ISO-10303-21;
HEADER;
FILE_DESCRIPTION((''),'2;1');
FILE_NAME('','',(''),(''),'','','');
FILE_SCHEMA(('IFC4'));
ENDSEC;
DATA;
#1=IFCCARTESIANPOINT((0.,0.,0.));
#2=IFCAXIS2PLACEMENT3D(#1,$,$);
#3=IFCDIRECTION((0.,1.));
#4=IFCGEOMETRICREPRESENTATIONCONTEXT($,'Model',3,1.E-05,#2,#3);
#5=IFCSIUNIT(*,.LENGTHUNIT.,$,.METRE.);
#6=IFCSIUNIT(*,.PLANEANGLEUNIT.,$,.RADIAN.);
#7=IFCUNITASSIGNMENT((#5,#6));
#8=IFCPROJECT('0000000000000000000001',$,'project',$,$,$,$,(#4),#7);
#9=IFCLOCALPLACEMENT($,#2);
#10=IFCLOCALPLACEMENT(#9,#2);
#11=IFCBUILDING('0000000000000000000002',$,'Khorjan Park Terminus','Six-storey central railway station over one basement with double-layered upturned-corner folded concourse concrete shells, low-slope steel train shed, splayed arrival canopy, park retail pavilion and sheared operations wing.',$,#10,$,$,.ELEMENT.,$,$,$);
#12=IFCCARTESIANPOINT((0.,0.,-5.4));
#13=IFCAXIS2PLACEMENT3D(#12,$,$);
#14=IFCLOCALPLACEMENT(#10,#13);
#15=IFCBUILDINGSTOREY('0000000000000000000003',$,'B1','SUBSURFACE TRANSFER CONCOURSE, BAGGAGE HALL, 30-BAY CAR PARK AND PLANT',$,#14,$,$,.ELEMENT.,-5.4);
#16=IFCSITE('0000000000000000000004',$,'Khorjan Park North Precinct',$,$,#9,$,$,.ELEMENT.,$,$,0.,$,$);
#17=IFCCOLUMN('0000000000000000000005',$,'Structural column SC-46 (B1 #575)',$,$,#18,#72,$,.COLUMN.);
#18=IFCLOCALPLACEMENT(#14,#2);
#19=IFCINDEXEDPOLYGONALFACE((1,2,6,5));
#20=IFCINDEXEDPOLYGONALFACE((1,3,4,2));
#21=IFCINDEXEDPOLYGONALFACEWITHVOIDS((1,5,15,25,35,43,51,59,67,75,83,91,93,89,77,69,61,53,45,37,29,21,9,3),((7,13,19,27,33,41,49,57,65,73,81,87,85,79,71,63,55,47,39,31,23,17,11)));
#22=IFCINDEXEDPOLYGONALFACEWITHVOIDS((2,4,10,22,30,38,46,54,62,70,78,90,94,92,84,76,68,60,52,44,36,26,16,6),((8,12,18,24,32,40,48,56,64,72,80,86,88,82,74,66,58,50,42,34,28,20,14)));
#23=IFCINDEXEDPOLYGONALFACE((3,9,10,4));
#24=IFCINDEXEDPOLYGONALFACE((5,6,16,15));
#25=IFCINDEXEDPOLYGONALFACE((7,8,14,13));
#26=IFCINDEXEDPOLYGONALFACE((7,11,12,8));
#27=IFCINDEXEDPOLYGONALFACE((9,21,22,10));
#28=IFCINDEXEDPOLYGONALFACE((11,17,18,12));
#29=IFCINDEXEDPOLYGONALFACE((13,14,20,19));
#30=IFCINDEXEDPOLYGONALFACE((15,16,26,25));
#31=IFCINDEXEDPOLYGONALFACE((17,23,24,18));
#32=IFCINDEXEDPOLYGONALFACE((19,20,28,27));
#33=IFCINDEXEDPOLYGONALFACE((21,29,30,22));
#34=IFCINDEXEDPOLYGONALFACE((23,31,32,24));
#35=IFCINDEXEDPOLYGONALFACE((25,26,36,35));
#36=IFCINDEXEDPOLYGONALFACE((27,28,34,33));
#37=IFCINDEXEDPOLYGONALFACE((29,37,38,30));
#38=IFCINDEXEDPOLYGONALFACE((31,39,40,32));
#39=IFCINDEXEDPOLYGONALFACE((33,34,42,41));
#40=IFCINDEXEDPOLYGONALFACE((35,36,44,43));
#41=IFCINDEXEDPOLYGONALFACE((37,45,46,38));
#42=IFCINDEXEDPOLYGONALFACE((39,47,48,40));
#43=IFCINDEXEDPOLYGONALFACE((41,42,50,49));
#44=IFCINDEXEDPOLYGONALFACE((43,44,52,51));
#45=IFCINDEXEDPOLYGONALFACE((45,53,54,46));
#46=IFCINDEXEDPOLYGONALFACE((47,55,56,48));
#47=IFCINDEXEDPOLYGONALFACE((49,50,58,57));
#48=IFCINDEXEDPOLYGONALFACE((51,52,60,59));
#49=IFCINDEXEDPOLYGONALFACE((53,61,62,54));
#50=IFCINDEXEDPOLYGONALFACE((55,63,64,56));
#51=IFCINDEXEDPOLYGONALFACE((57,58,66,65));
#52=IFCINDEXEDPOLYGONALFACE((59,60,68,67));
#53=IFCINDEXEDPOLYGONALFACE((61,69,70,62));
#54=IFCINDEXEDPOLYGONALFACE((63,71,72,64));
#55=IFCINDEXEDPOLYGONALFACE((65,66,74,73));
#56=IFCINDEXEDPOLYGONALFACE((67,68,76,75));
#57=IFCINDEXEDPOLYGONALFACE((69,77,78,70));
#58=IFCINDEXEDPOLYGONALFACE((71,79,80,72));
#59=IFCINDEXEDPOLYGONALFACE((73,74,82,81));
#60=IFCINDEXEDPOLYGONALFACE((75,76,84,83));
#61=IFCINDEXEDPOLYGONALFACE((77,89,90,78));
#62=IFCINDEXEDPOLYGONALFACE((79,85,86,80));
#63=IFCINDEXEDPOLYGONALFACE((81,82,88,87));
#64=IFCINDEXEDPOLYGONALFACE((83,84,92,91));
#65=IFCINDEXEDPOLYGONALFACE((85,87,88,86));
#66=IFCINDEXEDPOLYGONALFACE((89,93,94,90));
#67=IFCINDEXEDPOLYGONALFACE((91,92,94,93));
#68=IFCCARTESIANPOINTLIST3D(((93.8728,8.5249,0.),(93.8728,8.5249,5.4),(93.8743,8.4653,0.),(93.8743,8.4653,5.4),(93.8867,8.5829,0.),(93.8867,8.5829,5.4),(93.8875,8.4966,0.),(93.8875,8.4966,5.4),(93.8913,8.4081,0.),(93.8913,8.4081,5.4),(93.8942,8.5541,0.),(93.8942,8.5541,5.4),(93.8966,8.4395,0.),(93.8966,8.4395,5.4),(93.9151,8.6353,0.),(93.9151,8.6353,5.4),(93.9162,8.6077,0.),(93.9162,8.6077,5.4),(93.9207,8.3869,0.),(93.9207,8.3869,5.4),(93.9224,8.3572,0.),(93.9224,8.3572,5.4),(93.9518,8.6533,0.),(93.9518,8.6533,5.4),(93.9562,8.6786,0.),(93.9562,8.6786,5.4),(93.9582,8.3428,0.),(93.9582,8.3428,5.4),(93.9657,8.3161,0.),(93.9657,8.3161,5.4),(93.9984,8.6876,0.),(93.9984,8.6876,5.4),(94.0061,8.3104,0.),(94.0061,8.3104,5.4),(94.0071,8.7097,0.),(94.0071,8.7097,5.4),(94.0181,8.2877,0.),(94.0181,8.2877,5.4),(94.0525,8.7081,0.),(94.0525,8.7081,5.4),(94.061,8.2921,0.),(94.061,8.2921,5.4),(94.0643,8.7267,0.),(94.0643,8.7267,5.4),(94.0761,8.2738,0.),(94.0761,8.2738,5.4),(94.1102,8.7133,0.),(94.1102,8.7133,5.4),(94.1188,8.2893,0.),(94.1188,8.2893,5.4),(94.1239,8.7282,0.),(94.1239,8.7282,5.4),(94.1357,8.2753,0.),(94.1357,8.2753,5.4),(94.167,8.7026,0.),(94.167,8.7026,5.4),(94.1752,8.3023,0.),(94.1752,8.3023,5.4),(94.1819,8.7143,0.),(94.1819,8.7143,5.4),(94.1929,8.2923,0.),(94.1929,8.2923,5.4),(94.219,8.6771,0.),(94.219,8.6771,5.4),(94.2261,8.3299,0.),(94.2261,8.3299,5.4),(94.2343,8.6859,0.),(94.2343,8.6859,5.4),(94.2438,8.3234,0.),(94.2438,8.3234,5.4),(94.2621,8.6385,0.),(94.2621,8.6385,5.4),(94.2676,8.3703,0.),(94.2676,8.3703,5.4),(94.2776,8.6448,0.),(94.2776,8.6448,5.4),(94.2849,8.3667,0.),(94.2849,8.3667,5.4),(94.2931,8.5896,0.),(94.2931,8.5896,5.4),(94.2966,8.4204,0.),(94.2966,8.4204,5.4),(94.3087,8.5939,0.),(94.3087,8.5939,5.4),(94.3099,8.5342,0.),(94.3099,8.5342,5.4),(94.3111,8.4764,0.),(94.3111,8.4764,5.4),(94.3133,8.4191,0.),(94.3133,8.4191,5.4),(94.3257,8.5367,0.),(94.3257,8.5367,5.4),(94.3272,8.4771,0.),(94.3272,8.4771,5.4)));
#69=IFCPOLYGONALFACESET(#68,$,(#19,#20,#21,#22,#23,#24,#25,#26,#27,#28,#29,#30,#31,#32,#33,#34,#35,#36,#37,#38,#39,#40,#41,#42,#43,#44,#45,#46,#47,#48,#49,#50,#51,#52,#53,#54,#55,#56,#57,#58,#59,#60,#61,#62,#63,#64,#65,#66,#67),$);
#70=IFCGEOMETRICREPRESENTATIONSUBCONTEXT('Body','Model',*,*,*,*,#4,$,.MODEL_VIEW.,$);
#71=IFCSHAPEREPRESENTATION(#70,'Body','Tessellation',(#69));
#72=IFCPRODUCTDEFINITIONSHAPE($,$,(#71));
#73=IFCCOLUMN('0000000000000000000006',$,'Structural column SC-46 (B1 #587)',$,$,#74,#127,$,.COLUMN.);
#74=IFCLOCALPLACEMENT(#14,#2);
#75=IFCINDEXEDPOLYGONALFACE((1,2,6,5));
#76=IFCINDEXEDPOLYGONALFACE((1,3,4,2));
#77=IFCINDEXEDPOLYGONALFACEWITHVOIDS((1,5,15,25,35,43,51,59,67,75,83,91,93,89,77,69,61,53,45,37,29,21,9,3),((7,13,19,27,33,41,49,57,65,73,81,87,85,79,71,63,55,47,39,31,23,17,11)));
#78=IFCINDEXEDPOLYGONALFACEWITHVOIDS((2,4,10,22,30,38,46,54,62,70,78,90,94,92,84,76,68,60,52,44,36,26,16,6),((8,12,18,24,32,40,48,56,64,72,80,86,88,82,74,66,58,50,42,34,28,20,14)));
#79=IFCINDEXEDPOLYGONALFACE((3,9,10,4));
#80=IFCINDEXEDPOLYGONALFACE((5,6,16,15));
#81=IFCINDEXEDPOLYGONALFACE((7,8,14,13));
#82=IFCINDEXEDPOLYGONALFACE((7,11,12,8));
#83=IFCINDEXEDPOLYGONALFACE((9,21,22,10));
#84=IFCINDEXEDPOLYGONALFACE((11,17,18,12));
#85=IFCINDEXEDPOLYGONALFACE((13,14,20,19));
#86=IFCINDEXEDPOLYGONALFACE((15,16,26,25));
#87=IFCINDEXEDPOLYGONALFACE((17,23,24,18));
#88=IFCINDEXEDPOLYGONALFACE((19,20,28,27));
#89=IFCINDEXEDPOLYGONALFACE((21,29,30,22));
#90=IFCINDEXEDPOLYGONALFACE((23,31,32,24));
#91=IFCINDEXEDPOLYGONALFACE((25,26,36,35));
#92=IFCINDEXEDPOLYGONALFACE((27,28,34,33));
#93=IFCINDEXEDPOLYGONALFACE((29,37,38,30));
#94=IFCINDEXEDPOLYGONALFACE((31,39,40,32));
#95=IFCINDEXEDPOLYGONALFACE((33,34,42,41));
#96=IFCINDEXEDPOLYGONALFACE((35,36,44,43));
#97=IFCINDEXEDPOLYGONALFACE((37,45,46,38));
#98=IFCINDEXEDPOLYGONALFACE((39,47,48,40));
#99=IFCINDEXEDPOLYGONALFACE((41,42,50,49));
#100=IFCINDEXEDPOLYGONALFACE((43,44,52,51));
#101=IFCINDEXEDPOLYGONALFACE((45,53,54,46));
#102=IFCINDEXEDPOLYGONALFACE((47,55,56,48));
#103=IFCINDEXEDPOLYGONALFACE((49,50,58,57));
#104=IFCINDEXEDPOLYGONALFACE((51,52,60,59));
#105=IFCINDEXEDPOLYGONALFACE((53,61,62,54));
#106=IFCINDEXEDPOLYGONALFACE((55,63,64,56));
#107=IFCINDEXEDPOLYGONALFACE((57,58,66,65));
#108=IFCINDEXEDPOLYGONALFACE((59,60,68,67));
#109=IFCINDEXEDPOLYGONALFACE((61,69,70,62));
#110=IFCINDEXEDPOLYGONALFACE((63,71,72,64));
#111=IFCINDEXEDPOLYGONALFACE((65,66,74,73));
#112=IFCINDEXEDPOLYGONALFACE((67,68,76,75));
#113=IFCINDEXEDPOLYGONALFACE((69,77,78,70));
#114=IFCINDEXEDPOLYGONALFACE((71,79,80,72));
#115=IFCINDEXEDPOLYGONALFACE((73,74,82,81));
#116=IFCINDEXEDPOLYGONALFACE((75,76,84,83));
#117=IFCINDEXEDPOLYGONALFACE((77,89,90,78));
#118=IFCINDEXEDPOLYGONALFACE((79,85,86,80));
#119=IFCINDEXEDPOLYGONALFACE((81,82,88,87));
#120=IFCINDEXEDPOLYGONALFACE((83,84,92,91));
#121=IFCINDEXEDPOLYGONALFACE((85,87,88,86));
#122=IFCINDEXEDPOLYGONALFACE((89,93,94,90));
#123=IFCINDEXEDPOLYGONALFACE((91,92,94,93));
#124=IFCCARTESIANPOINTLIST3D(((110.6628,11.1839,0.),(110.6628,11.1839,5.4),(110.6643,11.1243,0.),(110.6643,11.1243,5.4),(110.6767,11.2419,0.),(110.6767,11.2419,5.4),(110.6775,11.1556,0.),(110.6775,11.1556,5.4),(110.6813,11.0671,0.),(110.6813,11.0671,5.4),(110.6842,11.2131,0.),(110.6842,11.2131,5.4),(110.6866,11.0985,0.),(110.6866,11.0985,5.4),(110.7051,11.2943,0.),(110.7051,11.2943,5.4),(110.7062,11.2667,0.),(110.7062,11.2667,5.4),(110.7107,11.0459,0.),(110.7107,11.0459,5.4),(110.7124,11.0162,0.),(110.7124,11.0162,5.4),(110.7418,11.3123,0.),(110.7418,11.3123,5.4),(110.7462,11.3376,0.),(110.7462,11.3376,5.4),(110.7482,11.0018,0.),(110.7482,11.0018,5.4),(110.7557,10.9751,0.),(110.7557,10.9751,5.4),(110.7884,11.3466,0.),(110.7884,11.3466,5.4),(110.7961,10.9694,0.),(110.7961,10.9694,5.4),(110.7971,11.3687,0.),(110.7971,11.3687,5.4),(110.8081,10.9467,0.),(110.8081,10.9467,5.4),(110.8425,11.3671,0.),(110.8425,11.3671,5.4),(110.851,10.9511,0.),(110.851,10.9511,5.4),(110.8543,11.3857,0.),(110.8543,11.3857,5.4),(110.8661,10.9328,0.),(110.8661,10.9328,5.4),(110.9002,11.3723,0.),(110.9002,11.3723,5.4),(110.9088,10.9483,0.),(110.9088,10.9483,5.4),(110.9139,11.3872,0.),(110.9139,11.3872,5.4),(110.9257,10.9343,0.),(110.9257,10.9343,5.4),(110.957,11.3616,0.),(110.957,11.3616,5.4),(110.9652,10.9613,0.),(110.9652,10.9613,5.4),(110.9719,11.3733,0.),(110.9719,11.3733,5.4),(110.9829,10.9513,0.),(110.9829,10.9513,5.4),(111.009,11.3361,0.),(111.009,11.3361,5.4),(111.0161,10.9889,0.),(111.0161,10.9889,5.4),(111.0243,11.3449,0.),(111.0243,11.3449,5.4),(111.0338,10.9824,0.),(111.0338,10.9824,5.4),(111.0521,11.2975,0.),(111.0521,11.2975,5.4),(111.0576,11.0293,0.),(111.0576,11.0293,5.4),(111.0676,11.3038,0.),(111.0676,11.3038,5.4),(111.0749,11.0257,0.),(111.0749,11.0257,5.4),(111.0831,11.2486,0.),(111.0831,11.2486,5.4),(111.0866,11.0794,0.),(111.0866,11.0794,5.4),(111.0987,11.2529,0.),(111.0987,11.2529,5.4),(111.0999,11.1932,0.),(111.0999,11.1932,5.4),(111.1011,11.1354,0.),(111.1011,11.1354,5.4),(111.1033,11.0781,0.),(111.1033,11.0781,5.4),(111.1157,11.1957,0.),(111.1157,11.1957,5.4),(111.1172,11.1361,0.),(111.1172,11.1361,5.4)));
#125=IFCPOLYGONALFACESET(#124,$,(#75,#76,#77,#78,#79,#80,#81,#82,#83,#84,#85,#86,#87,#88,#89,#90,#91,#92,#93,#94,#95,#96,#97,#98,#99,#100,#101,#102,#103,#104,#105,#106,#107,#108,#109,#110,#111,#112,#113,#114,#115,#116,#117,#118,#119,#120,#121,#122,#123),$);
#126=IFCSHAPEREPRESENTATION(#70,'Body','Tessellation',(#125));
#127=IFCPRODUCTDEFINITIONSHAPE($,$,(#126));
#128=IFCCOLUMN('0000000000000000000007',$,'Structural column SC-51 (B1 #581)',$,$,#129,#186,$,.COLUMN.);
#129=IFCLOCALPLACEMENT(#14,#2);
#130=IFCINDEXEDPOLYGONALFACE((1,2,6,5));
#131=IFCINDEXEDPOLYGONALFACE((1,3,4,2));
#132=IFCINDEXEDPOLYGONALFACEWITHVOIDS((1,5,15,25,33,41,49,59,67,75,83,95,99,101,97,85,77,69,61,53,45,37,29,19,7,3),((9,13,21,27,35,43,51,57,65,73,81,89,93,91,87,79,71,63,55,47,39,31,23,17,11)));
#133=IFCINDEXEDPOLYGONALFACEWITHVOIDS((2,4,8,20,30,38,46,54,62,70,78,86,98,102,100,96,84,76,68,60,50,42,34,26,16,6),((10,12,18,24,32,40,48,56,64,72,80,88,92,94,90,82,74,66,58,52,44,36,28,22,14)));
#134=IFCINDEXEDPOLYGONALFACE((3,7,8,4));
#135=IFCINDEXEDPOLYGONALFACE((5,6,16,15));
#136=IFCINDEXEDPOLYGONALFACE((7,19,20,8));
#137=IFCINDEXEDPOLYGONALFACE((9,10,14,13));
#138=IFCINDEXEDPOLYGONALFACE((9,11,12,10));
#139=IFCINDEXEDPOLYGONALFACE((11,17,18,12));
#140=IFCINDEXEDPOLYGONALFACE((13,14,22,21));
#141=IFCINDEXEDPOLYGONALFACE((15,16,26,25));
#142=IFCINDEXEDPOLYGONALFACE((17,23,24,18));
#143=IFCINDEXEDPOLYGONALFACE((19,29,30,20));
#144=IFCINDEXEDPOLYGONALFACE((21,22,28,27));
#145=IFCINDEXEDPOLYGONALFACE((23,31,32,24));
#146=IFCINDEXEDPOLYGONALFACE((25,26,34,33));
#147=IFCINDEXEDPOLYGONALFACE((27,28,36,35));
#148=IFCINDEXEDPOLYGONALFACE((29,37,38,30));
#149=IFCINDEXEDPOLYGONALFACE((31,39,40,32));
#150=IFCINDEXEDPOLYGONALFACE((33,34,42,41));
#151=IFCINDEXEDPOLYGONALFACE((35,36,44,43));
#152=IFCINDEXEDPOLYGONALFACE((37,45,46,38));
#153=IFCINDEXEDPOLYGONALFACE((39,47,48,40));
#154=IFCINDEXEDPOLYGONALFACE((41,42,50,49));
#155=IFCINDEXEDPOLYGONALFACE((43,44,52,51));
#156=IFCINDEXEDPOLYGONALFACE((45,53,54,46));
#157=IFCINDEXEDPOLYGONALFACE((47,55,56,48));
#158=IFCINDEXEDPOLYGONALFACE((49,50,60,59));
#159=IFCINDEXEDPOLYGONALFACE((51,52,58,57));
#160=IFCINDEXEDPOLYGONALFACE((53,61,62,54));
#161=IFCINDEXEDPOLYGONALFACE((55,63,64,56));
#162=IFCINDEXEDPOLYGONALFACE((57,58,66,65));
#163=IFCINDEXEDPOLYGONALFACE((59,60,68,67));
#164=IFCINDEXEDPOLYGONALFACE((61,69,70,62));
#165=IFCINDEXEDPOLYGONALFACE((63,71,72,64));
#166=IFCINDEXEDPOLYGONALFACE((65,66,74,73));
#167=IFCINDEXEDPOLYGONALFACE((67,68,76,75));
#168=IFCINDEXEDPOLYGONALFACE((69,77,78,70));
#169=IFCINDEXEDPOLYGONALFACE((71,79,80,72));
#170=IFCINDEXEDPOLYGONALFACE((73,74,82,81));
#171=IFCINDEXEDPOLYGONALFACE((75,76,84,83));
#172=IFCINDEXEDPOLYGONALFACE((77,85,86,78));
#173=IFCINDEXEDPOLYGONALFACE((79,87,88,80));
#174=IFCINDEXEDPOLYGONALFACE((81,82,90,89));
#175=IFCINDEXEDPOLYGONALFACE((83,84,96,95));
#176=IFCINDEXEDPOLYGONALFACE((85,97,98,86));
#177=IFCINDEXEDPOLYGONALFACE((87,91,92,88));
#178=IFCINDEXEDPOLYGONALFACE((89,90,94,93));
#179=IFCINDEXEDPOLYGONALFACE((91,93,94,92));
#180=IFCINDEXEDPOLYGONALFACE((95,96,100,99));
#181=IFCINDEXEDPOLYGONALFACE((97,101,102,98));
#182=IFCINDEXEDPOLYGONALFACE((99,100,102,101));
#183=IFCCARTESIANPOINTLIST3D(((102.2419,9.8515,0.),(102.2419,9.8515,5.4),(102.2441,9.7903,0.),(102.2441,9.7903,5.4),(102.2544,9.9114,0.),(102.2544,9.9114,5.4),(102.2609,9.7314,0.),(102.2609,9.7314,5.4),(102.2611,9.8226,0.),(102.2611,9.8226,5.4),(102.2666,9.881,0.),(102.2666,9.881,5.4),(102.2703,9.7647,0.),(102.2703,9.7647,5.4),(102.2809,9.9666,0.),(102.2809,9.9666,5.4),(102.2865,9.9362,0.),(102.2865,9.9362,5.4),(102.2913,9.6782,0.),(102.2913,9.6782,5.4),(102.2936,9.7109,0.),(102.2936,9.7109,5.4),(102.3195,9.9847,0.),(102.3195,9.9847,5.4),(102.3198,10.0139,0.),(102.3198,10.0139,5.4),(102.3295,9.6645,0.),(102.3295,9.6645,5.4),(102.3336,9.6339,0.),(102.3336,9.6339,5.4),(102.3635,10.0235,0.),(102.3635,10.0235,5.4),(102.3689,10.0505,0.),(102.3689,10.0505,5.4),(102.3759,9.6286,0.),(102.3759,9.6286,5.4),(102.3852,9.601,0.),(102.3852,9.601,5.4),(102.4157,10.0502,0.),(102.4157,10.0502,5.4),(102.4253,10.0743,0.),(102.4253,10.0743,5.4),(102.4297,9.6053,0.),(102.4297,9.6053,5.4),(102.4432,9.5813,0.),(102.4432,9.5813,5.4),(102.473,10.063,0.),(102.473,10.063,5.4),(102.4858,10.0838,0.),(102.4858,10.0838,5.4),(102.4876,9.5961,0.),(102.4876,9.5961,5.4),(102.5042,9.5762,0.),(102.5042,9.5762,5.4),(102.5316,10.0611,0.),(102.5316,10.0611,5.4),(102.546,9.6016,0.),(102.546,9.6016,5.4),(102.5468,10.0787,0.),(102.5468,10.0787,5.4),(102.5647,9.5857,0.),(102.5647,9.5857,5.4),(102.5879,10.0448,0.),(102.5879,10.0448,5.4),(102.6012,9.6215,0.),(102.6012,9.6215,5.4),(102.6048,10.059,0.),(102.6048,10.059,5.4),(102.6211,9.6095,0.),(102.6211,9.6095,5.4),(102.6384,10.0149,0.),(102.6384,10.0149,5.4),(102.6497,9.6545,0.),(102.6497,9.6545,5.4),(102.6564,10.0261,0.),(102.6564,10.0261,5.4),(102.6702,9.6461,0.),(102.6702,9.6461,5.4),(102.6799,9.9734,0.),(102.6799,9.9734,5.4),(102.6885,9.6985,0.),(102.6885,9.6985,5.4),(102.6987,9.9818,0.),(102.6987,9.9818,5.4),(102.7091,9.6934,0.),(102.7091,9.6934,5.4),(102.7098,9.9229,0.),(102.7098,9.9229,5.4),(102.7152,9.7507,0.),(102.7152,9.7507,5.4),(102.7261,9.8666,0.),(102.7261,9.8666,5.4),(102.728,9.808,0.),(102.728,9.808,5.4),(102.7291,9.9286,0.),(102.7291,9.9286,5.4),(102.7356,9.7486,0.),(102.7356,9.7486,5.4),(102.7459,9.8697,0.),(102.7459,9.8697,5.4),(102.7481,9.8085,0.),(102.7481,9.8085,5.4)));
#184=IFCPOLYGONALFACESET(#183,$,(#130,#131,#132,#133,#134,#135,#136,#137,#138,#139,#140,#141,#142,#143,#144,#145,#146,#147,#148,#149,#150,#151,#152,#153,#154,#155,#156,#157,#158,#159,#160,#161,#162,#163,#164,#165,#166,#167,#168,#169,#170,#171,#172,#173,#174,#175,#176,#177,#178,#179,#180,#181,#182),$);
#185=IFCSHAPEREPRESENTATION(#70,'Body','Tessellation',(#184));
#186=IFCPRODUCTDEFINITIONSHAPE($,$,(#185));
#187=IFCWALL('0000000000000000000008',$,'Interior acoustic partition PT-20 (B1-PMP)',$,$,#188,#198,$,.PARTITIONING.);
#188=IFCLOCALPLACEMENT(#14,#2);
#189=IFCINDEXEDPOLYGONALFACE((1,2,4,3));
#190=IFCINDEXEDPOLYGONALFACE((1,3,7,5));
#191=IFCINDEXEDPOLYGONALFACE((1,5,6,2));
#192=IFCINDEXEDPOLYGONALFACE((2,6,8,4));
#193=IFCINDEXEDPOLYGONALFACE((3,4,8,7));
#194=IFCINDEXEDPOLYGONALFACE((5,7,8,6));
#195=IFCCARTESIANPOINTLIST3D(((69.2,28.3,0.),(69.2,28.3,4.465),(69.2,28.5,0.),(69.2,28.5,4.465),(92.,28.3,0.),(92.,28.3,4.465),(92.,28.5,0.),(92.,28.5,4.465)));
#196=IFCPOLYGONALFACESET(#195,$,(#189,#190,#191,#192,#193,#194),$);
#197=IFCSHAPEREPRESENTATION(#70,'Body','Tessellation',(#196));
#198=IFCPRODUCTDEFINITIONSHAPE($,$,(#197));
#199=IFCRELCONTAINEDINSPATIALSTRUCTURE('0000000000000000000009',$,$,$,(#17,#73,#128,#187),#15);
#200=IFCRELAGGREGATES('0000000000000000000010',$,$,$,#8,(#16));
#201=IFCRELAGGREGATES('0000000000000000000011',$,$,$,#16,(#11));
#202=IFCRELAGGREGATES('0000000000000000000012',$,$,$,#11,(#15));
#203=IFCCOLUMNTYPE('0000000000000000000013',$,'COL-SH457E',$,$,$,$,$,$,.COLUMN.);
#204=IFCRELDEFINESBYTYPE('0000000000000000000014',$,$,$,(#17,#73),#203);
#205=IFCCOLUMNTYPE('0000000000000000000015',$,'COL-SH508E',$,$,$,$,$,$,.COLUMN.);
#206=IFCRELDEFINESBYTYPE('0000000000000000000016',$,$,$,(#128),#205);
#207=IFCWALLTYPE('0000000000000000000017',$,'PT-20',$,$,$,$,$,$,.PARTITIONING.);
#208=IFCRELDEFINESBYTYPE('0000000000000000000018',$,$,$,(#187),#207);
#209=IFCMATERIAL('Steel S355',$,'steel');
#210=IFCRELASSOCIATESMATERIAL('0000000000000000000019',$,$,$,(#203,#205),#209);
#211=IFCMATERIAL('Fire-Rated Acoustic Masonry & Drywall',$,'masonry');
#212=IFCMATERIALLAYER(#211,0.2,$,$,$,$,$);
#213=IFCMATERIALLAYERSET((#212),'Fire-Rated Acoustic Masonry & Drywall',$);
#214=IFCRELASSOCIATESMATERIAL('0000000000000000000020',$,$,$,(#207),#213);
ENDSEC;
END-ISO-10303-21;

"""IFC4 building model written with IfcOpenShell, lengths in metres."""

from ifc_helpers import new_model, si_unit, direction, frame, frame_2d, origin, origin_2d, place, context, subcontext, project, spatial, rectangle, hollow_circle, extrude, material, layer, layer_set, material_profile, profile_set, type_object, element, save


model = new_model("IFC4")

# Units and contexts
model_context = context("Model", 3, precision=1e-05, world=origin(), true_north=direction((0.0, 1.0)))
body_context = subcontext(model_context, "Body", "Model", "MODEL_VIEW")
ifc_project = project(units=[si_unit("LENGTHUNIT", "METRE"), si_unit("PLANEANGLEUNIT", "RADIAN")], contexts=[model_context])

# Site, building, storey
site_placement = place(None, origin())
site = spatial("IfcSite", under=ifc_project, at=site_placement, Name="Khorjan Park North Precinct", CompositionType="ELEMENT", RefElevation=0.0)
building_placement = place(site_placement, origin())
building = spatial("IfcBuilding", under=site, at=building_placement, Name="Khorjan Park Terminus", Description="Six-storey central railway station over one basement with double-layered upturned-corner folded concourse concrete shells, low-slope steel train shed, splayed arrival canopy, park retail pavilion and sheared operations wing.", CompositionType="ELEMENT")
storey_placement = place(building_placement, frame((0.0, 0.0, -5.4)))
storey = spatial("IfcBuildingStorey", under=building, at=storey_placement, Name="B1", Description="SUBSURFACE TRANSFER CONCOURSE, BAGGAGE HALL, 30-BAY CAR PARK AND PLANT", CompositionType="ELEMENT", Elevation=-5.4)

# Columns
ifc_material_1 = material(Name="Steel S355", Category="steel")
ifc_material_profile_1 = material_profile(ifc_material_1, hollow_circle(Radius=0.2285, WallThickness=0.016, at=origin_2d()), Name="CHS 457x16")
ifc_profile_set_1 = profile_set([ifc_material_profile_1], Name="Steel S355")
column_type_1 = type_object("IfcColumnType", Name="COL-SH457E", PredefinedType="COLUMN", material=ifc_profile_set_1)
for number, where, z_axis, x_axis, name in (
    (1, (94.1, 8.501, 0.0), (0.0, 0.0, 1.0), (0.987688, 0.156434, 0.0), "Structural column SC-46 (B1 #575)"),
    (2, (110.89, 11.16, 0.0), (0.0, 0.0, 1.0), (0.987688, 0.156434, 0.0), "Structural column SC-46 (B1 #587)"),
):
    element("IfcColumn", number, at=place(storey_placement, frame(where, z_axis=z_axis, x_axis=x_axis)), inside=storey, type_object=column_type_1, Name=name, PredefinedType="COLUMN", context=body_context, shape_type="SweptSolid", body=[
        extrude(hollow_circle(Radius=0.2285, WallThickness=0.016, at=origin_2d()), origin(), (0.0, 0.0, 1.0), 5.4),
    ])
ifc_material_profile_2 = material_profile(ifc_material_1, hollow_circle(Radius=0.254, WallThickness=0.02, at=origin_2d()), Name="CHS 508x20")
ifc_profile_set_2 = profile_set([ifc_material_profile_2], Name="Steel S355")
column_type_2 = type_object("IfcColumnType", Name="COL-SH508E", PredefinedType="COLUMN", material=ifc_profile_set_2)
column_placement = place(storey_placement, frame((102.495, 9.83, 0.0), z_axis=(0.0, 0.0, 1.0), x_axis=(0.987688, 0.156434, 0.0)))
element("IfcColumn", 3, at=column_placement, inside=storey, type_object=column_type_2, Name="Structural column SC-51 (B1 #581)", PredefinedType="COLUMN", context=body_context, shape_type="SweptSolid", body=[
    extrude(hollow_circle(Radius=0.254, WallThickness=0.02, at=origin_2d()), origin(), (0.0, 0.0, 1.0), 5.4),
])

# Wall
ifc_material_2 = material(Name="Fire-Rated Acoustic Masonry & Drywall", Category="masonry")
ifc_layer = layer(ifc_material_2, 0.2)
ifc_layer_set = layer_set([ifc_layer], Name="Fire-Rated Acoustic Masonry & Drywall")
wall_type = type_object("IfcWallType", Name="PT-20", PredefinedType="PARTITIONING", material=ifc_layer_set)
wall_placement = place(storey_placement, frame((92.0, 28.4, 0.0), z_axis=(0.0, 0.0, 1.0), x_axis=(-1.0, 0.0, 0.0)))
element("IfcWall", 4, at=wall_placement, inside=storey, type_object=wall_type, Name="Interior acoustic partition PT-20 (B1-PMP)", PredefinedType="PARTITIONING", context=body_context, shape_type="SweptSolid", body=[
    extrude(rectangle(XDim=22.8, YDim=0.2, at=frame_2d((11.4, 0.0))), origin(), (0.0, 0.0, 1.0), 4.465),
])

save(model, "model.ifc")
